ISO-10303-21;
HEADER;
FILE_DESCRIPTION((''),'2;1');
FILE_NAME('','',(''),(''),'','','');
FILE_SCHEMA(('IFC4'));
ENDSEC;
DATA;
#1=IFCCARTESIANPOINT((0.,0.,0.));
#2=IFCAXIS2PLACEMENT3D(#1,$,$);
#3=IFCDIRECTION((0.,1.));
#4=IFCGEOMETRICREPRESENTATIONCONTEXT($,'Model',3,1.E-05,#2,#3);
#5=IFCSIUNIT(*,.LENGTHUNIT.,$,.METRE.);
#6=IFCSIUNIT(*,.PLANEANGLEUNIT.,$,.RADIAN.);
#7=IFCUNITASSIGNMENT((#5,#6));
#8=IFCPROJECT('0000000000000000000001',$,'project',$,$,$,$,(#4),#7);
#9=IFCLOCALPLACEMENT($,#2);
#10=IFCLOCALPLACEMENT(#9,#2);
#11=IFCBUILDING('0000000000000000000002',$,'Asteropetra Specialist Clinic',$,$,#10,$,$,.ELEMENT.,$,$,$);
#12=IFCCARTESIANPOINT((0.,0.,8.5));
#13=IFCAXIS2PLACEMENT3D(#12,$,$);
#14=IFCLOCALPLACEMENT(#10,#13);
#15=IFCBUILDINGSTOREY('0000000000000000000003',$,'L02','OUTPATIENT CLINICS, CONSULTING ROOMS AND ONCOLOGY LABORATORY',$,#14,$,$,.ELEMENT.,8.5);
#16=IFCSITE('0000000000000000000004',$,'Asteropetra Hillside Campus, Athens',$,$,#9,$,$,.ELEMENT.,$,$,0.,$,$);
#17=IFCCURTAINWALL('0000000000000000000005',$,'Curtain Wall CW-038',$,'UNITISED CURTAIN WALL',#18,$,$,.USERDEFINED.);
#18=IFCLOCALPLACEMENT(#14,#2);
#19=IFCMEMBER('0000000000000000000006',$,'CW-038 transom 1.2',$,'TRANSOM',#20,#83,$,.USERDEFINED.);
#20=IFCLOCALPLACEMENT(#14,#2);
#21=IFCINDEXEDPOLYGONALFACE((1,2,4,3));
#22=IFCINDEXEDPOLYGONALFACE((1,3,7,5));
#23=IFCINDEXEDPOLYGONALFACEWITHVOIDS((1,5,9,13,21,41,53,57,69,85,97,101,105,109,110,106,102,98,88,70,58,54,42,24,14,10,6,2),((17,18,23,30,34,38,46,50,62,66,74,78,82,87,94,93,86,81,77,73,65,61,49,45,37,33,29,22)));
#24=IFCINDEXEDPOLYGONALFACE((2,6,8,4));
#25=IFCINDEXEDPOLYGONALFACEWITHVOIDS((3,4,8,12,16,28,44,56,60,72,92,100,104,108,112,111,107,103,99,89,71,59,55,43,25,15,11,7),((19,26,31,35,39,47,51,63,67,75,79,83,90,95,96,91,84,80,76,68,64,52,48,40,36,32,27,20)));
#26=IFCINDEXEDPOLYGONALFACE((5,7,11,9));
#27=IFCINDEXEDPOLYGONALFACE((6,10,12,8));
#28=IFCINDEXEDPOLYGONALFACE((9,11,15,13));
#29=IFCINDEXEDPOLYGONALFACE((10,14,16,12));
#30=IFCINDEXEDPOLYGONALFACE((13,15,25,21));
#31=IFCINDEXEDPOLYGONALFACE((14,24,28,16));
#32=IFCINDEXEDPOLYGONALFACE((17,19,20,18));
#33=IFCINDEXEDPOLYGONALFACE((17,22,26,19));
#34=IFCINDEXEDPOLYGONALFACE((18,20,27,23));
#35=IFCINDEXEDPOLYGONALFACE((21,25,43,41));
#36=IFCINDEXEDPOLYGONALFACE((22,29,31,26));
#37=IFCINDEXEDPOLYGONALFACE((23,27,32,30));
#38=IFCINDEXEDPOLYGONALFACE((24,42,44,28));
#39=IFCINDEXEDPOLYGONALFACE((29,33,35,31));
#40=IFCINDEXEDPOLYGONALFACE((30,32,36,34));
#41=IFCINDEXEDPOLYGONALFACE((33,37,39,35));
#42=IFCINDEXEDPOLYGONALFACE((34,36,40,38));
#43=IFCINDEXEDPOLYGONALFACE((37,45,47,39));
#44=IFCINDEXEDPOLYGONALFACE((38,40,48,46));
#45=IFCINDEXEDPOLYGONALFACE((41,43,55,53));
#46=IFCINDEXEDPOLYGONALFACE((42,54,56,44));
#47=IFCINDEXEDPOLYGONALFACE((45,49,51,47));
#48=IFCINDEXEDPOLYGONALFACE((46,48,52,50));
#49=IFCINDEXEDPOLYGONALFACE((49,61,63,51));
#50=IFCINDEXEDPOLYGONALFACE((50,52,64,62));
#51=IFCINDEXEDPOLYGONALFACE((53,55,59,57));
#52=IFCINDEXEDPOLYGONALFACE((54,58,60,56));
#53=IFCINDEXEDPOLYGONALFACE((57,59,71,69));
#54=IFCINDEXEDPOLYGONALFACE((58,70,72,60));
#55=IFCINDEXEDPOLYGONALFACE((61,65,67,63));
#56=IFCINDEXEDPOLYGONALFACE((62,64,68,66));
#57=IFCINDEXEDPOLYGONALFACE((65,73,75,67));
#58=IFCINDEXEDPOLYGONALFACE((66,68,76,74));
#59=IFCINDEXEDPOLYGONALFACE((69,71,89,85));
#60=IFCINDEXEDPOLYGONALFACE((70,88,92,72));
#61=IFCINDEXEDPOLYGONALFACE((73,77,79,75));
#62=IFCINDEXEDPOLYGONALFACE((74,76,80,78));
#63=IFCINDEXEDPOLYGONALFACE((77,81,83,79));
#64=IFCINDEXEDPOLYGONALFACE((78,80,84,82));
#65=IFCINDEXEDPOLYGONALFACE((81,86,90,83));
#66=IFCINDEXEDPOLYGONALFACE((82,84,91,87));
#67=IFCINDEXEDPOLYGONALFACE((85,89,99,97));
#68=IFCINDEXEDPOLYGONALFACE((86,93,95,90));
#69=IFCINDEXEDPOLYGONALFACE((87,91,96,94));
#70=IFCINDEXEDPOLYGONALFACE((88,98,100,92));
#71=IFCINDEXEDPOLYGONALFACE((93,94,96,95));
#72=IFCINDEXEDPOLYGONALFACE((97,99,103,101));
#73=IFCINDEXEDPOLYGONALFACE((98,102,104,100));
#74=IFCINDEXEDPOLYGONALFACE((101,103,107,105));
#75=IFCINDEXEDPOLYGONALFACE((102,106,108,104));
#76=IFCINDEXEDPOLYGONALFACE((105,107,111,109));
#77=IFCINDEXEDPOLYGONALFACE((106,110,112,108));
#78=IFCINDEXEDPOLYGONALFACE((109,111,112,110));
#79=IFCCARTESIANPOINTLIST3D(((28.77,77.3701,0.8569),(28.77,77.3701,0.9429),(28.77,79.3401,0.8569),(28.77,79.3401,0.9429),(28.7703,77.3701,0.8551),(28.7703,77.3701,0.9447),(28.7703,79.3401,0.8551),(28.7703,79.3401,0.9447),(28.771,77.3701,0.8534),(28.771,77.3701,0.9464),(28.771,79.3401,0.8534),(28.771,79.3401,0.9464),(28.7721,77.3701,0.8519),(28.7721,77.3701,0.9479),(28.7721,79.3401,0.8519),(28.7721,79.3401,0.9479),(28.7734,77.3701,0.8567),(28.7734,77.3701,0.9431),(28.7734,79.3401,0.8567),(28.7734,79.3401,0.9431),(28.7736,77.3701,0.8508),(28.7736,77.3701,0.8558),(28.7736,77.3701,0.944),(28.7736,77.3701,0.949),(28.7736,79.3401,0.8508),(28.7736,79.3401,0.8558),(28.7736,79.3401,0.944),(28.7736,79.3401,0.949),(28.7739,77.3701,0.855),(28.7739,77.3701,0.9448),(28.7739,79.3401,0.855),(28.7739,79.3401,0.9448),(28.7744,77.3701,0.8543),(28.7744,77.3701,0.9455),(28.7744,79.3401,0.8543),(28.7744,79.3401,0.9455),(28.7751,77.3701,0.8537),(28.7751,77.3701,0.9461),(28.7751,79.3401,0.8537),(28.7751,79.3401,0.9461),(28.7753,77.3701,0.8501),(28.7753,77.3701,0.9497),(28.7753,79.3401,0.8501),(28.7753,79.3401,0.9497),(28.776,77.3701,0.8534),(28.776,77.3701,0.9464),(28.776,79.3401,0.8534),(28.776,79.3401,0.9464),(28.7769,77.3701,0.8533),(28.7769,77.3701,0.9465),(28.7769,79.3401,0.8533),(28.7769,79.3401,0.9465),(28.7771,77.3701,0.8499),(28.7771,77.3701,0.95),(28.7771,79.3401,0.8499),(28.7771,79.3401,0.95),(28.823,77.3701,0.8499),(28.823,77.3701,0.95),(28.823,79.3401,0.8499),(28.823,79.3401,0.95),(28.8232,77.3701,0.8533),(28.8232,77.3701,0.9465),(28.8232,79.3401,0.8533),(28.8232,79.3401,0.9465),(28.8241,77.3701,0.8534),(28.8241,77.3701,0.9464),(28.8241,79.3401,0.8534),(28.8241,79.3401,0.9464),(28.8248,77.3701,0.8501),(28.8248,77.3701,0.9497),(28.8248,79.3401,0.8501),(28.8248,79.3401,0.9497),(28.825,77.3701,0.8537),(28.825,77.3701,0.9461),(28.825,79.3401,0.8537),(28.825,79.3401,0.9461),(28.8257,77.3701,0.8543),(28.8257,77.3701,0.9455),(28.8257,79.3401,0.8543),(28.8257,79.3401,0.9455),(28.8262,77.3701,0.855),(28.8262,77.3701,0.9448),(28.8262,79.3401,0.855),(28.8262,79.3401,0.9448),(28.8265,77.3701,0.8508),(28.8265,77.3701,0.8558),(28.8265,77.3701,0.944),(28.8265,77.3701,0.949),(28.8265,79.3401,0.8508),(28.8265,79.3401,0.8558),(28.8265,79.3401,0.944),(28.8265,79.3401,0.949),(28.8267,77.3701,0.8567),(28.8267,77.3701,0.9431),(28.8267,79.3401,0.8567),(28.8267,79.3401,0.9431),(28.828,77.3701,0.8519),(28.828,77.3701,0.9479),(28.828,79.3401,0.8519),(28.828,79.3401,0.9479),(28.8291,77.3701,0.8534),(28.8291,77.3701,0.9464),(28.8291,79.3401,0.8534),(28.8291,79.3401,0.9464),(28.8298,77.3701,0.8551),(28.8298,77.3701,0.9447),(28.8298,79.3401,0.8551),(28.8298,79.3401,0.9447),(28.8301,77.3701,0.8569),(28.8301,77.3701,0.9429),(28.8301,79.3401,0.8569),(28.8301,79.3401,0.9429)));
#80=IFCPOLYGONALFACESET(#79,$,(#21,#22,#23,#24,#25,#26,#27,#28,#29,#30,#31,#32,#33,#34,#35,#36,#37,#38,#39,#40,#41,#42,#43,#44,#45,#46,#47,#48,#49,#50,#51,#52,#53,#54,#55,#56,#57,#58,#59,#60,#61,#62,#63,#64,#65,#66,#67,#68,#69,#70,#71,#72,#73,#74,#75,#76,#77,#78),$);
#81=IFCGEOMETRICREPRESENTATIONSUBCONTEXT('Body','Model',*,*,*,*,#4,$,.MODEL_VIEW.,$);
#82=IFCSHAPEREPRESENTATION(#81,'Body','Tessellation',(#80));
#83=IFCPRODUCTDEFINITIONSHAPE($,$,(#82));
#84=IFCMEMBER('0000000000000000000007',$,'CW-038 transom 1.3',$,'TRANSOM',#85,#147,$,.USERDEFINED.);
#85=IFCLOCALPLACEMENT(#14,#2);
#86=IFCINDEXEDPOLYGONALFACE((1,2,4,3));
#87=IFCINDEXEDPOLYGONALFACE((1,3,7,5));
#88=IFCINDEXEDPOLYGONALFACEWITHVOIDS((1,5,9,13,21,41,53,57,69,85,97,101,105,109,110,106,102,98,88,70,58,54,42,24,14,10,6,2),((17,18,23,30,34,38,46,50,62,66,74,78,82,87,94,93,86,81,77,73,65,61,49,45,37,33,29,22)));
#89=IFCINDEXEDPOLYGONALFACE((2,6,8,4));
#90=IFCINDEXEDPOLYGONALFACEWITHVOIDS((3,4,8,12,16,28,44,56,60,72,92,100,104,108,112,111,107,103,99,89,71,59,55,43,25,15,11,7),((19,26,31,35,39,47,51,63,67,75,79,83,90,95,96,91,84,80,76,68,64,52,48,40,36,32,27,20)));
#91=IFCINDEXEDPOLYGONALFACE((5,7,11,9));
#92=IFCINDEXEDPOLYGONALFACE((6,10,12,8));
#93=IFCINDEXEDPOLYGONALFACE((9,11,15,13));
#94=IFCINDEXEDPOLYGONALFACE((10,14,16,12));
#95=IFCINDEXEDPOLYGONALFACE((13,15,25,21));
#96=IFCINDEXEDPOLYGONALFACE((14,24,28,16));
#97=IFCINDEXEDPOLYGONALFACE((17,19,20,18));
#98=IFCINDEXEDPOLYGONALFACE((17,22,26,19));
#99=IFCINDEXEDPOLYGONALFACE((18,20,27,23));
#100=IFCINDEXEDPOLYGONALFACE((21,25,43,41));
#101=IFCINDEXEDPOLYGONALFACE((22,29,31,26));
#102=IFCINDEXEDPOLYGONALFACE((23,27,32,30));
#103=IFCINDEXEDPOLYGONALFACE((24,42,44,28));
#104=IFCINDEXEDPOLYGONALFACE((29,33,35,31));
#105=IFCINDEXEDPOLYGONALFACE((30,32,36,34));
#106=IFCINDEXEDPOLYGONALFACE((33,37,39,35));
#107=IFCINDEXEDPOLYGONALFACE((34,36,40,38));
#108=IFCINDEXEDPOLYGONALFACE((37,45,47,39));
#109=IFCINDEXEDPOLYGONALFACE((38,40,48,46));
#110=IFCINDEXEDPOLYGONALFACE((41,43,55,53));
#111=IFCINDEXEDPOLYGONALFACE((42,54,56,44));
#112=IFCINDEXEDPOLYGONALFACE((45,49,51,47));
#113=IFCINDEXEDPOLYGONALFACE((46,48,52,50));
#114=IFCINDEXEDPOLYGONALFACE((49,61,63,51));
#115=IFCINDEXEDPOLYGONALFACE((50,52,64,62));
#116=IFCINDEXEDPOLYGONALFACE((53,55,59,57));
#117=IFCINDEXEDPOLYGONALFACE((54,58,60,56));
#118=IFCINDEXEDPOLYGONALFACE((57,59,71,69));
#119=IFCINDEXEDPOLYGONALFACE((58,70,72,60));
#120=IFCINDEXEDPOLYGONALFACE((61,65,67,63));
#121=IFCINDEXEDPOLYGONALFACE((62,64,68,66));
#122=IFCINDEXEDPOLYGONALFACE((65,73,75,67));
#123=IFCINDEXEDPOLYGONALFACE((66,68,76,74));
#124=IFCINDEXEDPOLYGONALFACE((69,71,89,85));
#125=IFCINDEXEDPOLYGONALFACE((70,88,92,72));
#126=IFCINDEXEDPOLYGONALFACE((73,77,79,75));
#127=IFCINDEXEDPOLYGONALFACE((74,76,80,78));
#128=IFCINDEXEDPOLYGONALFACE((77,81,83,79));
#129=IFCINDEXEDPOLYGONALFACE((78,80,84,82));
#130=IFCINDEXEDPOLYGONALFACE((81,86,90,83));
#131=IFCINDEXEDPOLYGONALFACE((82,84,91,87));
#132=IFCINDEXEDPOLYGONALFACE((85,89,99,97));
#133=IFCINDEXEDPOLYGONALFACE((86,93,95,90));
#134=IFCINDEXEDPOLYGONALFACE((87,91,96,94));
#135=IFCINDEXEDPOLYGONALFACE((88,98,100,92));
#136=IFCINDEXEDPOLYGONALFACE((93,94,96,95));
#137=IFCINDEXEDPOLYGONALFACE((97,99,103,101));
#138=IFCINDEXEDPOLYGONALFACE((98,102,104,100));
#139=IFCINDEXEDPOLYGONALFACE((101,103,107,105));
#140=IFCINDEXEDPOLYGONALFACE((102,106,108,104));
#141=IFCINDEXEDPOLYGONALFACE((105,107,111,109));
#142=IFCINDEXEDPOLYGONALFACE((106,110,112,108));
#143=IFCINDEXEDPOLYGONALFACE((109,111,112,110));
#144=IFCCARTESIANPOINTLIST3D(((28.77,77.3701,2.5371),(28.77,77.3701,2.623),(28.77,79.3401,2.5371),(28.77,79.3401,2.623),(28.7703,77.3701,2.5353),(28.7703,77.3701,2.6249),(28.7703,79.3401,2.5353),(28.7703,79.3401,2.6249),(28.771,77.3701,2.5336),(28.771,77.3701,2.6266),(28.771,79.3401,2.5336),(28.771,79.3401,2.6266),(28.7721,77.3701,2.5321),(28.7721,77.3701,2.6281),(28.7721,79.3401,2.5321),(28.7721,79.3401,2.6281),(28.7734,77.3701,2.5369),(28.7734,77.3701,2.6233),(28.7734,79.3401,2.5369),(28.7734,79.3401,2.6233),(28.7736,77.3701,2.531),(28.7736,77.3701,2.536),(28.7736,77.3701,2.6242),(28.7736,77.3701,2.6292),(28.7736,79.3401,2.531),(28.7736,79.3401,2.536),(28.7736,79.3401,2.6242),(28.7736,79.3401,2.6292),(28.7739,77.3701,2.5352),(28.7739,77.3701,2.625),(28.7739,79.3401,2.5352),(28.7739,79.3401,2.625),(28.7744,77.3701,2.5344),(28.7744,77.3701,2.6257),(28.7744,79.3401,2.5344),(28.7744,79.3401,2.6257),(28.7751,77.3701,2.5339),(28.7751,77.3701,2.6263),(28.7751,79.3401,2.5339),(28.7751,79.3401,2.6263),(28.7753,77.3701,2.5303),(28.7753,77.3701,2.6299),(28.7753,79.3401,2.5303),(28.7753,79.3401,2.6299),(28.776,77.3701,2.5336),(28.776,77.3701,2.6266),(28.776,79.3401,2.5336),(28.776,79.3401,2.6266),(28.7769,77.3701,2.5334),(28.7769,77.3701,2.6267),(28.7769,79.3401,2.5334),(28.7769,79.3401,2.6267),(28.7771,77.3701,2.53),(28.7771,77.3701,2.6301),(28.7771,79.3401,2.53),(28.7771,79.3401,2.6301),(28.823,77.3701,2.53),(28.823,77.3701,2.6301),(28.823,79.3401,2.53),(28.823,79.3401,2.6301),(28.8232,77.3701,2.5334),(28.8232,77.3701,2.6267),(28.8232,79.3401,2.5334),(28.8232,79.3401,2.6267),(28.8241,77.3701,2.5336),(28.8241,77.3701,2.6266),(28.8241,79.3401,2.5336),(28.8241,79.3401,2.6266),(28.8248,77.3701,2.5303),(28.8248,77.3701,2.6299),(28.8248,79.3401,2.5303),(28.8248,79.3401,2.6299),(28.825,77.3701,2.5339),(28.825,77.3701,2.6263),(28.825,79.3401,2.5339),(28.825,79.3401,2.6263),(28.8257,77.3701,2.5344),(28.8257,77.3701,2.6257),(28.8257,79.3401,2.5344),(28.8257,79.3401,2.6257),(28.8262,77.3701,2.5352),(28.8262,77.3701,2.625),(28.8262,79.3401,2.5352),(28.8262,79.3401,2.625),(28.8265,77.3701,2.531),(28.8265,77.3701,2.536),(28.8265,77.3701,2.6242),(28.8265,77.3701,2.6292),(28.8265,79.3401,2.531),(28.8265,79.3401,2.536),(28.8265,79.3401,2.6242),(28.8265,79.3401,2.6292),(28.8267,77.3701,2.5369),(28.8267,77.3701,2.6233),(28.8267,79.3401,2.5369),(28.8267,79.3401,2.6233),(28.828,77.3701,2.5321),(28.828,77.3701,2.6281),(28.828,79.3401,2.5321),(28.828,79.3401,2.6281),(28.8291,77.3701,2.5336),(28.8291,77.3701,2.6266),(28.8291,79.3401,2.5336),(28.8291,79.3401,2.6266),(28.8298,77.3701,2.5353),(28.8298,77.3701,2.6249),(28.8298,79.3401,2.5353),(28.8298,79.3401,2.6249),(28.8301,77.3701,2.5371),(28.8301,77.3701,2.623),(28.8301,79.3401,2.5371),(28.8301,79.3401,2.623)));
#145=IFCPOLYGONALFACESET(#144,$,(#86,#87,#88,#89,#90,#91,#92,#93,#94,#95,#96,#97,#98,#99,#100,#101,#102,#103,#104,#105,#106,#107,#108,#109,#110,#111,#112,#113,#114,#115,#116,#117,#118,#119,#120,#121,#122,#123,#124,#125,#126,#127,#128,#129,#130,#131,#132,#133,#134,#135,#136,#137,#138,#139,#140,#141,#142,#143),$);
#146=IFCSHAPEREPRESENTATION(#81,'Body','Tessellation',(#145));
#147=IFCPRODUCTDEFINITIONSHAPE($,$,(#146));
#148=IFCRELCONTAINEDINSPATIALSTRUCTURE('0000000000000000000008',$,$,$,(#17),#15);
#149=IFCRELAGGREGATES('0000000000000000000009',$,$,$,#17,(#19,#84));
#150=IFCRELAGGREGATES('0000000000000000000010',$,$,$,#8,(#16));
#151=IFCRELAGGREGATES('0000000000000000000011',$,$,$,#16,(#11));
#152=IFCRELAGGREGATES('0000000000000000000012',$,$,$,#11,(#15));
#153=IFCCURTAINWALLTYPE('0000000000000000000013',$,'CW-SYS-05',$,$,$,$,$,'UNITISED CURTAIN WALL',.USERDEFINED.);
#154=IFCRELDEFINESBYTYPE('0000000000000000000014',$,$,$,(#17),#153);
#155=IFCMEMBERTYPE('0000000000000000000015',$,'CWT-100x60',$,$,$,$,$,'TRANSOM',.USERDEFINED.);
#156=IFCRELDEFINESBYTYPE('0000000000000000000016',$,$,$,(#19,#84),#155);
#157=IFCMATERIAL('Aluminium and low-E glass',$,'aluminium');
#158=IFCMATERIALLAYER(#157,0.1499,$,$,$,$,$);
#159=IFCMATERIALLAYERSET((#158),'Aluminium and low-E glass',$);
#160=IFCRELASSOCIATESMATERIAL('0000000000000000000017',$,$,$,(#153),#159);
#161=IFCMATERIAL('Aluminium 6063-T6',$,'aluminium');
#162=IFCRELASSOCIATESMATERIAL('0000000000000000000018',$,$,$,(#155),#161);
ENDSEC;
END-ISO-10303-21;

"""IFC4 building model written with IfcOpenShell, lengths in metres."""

from ifc_helpers import new_model, si_unit, direction, frame, origin, origin_2d, place, context, subcontext, project, spatial, hollow_rectangle, extrude, material, layer, layer_set, material_profile, profile_set, type_object, element, aggregate, save


model = new_model("IFC4")

# Units and contexts
model_context = context("Model", 3, precision=1e-05, world=origin(), true_north=direction((0.0, 1.0)))
body_context = subcontext(model_context, "Body", "Model", "MODEL_VIEW")
ifc_project = project(units=[si_unit("LENGTHUNIT", "METRE"), si_unit("PLANEANGLEUNIT", "RADIAN")], contexts=[model_context])

# Site, building, storey
site_placement = place(None, origin())
site = spatial("IfcSite", under=ifc_project, at=site_placement, Name="Asteropetra Hillside Campus, Athens", CompositionType="ELEMENT", RefElevation=0.0)
building_placement = place(site_placement, origin())
building = spatial("IfcBuilding", under=site, at=building_placement, Name="Asteropetra Specialist Clinic", CompositionType="ELEMENT")
storey_placement = place(building_placement, frame((0.0, 0.0, 8.5)))
storey = spatial("IfcBuildingStorey", under=building, at=storey_placement, Name="L02", Description="OUTPATIENT CLINICS, CONSULTING ROOMS AND ONCOLOGY LABORATORY", CompositionType="ELEMENT", Elevation=8.5)

# Curtain wall
ifc_material_1 = material(Name="Aluminium and low-E glass", Category="aluminium")
ifc_layer_1 = layer(ifc_material_1, 0.1499)
ifc_layer_set_1 = layer_set([ifc_layer_1], Name="Aluminium and low-E glass")
curtain_wall_type_1 = type_object("IfcCurtainWallType", Name="CW-SYS-05", ElementType="UNITISED CURTAIN WALL", PredefinedType="USERDEFINED", material=ifc_layer_set_1)
curtain_wall_1_placement = place(storey_placement, origin())
curtain_wall_1 = element("IfcCurtainWall", 1, at=curtain_wall_1_placement, inside=storey, type_object=curtain_wall_type_1, Name="Curtain Wall CW-038", ObjectType="UNITISED CURTAIN WALL", PredefinedType="USERDEFINED")

# Members
ifc_material_2 = material(Name="Aluminium 6063-T6", Category="aluminium")
ifc_material_profile_1 = material_profile(ifc_material_2, hollow_rectangle(XDim=0.0601, YDim=0.1001, WallThickness=0.0034, InnerFilletRadius=0.0034, OuterFilletRadius=0.0071, at=origin_2d()), Name="TRN 100x60x3.5")
ifc_profile_set_1 = profile_set([ifc_material_profile_1], Name="Aluminium 6063-T6")
member_type_1 = type_object("IfcMemberType", Name="CWT-100x60", ElementType="TRANSOM", PredefinedType="USERDEFINED", material=ifc_profile_set_1)
member_1_placement = place(storey_placement, frame((28.8, 77.3701, 0.8999), z_axis=(0.0, 1.0, 0.0), x_axis=(-1.0, 0.0, 0.0)))
member_1 = element("IfcMember", 2, at=member_1_placement, type_object=member_type_1, Name="CW-038 transom 1.2", ObjectType="TRANSOM", PredefinedType="USERDEFINED", context=body_context, shape_type="SweptSolid", body=[
    extrude(hollow_rectangle(XDim=0.0601, YDim=0.1001, WallThickness=0.0034, InnerFilletRadius=0.0034, OuterFilletRadius=0.0071, at=origin_2d()), origin(), (0.0, 0.0, 1.0), 1.97),
])
member_2_placement = place(storey_placement, frame((28.8, 77.3701, 2.5801), z_axis=(0.0, 1.0, 0.0), x_axis=(-1.0, 0.0, 0.0)))
member_2 = element("IfcMember", 3, at=member_2_placement, type_object=member_type_1, Name="CW-038 transom 1.3", ObjectType="TRANSOM", PredefinedType="USERDEFINED", context=body_context, shape_type="SweptSolid", body=[
    extrude(hollow_rectangle(XDim=0.0601, YDim=0.1001, WallThickness=0.0034, InnerFilletRadius=0.0034, OuterFilletRadius=0.0071, at=origin_2d()), origin(), (0.0, 0.0, 1.0), 1.97),
])

aggregate(curtain_wall_1, [member_1, member_2])

save(model, "model.ifc")
